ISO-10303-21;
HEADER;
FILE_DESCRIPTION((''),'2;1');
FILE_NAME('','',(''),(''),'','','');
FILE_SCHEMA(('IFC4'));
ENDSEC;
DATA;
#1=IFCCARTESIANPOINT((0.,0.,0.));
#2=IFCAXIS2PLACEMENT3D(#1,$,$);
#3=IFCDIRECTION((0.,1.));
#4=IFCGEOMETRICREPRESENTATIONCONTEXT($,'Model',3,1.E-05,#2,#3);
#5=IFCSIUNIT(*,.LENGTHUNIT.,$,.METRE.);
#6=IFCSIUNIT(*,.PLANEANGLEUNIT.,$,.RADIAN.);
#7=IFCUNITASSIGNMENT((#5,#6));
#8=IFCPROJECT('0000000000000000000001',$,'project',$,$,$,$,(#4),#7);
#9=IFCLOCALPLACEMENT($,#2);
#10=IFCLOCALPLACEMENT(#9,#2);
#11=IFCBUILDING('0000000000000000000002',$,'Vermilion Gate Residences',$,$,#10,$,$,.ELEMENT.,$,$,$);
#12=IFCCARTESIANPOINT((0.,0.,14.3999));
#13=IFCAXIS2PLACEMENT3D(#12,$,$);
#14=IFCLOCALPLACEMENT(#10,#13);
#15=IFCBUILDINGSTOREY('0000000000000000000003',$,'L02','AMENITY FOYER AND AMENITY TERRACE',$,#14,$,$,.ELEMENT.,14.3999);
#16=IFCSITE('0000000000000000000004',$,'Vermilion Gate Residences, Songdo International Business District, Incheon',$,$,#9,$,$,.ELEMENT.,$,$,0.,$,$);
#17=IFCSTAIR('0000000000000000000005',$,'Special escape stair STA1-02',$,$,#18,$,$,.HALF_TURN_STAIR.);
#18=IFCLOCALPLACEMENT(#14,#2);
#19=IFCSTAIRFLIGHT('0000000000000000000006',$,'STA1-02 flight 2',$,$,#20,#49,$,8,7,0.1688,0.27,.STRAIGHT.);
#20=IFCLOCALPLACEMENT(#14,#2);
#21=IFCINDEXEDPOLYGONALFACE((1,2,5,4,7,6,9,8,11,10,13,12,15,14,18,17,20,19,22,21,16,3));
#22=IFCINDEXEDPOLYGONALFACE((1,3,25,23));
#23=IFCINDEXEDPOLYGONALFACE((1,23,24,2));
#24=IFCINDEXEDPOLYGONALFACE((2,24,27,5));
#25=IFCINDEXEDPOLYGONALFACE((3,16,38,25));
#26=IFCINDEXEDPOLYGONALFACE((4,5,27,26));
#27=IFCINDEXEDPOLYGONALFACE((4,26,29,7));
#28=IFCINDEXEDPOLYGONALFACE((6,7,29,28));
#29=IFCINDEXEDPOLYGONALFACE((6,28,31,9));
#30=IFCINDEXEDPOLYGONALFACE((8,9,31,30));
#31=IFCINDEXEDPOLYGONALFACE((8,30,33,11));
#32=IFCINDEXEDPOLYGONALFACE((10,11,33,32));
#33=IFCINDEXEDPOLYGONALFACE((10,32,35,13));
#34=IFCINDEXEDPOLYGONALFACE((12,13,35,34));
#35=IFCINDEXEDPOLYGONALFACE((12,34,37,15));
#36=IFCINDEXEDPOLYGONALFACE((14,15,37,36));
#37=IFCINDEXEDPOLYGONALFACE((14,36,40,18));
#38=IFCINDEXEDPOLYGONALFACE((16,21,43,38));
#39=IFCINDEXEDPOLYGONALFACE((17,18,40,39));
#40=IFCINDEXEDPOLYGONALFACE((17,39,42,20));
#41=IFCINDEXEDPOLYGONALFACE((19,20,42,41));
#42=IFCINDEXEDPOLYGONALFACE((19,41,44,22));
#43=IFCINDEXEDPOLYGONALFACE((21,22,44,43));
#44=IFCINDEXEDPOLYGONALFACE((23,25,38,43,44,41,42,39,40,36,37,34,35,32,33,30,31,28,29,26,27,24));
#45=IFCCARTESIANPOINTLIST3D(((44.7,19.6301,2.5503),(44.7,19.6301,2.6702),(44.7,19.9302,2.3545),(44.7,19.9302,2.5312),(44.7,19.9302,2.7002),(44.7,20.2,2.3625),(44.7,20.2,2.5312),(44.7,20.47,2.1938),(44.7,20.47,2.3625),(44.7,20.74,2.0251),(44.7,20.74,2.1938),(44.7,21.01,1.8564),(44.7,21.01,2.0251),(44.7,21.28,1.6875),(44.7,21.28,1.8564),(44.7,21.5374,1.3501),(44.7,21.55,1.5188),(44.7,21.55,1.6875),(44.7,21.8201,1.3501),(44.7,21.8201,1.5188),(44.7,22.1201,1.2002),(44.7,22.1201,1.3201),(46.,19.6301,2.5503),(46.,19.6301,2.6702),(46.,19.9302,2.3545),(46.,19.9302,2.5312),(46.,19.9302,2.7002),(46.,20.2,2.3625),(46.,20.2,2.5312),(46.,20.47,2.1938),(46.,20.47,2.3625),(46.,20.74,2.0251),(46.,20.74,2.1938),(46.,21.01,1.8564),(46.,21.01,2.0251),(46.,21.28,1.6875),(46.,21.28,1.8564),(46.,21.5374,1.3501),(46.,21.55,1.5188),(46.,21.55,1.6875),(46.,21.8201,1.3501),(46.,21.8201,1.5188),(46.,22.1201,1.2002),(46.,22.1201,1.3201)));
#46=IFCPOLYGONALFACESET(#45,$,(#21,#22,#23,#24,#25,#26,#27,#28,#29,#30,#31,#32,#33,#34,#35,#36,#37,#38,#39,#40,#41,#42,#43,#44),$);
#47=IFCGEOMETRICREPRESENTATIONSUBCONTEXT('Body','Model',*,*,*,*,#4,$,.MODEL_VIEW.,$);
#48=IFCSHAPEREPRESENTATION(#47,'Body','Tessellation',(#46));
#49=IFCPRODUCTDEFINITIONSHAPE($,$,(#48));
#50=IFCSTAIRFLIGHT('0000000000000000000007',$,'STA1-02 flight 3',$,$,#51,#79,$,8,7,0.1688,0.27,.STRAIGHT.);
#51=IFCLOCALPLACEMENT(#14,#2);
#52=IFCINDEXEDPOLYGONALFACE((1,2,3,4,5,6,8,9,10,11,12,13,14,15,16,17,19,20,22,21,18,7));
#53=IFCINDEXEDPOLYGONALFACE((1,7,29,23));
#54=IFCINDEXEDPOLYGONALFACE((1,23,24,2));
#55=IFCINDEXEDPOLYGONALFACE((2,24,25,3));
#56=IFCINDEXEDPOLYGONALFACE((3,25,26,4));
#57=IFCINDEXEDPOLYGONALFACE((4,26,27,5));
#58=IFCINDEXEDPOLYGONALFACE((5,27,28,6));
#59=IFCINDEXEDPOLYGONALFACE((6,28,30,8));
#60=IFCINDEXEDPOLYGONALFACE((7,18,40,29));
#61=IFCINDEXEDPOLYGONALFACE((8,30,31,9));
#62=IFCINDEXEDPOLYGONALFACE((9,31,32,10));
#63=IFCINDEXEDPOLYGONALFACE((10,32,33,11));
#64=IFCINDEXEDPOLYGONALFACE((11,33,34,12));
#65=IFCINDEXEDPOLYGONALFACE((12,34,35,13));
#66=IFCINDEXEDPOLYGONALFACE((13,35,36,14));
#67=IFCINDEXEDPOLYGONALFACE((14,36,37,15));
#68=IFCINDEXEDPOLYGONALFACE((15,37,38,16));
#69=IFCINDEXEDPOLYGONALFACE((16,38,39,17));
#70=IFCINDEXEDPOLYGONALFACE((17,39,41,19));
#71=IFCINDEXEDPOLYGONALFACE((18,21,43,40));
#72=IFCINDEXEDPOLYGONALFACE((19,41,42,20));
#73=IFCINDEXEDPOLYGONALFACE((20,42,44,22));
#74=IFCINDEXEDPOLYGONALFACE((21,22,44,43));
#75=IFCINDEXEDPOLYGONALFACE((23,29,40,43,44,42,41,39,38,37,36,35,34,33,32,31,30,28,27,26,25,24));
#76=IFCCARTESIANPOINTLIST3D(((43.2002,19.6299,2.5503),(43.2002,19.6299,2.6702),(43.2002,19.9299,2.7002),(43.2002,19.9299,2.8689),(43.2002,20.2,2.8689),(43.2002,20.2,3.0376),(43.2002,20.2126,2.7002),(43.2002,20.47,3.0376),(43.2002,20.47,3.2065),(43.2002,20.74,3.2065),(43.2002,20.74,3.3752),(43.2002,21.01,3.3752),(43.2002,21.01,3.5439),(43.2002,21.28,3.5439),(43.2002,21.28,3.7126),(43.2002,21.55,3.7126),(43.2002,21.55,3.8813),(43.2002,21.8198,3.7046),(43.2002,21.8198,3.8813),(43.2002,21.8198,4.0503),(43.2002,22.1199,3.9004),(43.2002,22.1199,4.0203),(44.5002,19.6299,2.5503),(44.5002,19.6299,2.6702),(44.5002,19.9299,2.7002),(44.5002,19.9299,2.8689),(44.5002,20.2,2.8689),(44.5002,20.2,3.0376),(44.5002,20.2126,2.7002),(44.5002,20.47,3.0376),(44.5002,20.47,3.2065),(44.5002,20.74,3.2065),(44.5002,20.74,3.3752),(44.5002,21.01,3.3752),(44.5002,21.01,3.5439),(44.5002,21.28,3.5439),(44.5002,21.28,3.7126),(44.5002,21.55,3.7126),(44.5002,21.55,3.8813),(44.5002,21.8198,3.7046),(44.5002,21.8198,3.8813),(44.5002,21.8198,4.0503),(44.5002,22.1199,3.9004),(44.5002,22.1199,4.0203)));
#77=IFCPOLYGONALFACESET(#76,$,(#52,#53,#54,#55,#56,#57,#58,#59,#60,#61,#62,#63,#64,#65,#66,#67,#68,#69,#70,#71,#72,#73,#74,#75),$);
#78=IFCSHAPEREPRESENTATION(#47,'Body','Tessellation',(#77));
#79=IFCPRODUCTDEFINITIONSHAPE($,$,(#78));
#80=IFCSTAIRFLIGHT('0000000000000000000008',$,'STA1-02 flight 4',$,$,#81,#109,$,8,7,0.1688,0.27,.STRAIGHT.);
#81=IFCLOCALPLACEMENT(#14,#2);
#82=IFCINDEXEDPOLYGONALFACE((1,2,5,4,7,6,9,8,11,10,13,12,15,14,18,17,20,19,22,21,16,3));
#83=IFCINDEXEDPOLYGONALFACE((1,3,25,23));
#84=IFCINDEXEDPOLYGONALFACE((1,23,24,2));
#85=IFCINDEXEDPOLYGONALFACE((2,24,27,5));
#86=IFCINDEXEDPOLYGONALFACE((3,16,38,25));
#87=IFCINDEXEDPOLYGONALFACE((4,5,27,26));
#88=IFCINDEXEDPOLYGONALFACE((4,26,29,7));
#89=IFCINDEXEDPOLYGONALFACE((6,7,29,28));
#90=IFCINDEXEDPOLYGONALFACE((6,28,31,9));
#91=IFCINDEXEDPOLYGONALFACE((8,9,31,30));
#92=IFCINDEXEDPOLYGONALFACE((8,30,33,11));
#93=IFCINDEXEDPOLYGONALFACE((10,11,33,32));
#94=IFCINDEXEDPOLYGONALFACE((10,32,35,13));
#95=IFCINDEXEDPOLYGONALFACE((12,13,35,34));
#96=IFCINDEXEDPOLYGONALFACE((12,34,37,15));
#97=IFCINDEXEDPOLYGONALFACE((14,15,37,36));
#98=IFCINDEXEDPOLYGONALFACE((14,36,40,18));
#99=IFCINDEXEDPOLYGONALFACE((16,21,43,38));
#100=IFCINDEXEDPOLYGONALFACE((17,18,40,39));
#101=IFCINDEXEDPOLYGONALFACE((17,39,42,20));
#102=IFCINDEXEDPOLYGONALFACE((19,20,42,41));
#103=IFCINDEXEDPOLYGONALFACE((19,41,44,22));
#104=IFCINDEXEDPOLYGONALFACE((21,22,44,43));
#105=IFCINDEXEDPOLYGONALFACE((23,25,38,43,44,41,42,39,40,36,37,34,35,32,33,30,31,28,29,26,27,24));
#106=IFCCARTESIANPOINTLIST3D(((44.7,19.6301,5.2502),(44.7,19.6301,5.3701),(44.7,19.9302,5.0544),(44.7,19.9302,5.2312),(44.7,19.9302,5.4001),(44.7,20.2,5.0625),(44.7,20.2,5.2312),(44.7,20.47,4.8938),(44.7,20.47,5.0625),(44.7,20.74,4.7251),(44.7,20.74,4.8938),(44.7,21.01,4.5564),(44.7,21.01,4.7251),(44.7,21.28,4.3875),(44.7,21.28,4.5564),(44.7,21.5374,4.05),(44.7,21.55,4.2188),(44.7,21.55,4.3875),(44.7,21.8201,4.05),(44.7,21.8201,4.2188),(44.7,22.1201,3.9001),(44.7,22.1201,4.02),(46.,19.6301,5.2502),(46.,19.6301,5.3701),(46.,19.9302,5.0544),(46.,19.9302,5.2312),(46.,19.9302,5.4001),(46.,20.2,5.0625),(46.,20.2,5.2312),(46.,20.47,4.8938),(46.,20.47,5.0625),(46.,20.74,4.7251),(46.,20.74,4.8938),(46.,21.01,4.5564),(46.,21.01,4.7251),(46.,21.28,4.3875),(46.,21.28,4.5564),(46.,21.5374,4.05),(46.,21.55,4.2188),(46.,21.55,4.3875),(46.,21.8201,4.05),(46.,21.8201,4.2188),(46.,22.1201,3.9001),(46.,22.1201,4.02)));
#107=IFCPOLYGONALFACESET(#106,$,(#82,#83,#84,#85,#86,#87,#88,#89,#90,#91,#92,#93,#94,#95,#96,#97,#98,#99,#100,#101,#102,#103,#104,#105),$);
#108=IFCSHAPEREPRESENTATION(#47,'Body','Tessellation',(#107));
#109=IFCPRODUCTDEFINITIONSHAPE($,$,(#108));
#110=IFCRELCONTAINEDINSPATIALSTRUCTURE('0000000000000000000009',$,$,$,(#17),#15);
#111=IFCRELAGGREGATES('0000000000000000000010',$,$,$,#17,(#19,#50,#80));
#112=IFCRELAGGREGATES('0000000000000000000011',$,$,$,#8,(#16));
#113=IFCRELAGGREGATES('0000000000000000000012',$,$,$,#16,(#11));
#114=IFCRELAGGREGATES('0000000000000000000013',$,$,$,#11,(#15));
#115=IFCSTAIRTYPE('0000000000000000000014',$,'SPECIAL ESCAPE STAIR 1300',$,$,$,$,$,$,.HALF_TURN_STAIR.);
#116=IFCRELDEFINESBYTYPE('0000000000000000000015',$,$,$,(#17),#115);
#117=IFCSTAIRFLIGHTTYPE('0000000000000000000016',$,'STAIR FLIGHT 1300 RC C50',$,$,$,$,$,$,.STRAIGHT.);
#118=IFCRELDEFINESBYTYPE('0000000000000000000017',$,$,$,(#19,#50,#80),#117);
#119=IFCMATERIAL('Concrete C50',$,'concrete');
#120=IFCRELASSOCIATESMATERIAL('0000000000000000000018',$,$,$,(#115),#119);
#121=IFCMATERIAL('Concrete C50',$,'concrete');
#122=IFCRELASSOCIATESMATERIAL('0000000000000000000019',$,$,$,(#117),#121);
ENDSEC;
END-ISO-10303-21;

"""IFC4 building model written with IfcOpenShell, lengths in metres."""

from ifc_helpers import new_model, si_unit, direction, frame, origin, place, context, subcontext, project, spatial, polyline, outline, extrude, material, type_object, element, aggregate, save


model = new_model("IFC4")

# Units and contexts
model_context = context("Model", 3, precision=1e-05, world=origin(), true_north=direction((0.0, 1.0)))
body_context = subcontext(model_context, "Body", "Model", "MODEL_VIEW")
ifc_project = project(units=[si_unit("LENGTHUNIT", "METRE"), si_unit("PLANEANGLEUNIT", "RADIAN")], contexts=[model_context])

# Site, building, storey
site_placement = place(None, origin())
site = spatial("IfcSite", under=ifc_project, at=site_placement, Name="Vermilion Gate Residences, Songdo International Business District, Incheon", CompositionType="ELEMENT", RefElevation=0.0)
building_placement = place(site_placement, origin())
building = spatial("IfcBuilding", under=site, at=building_placement, Name="Vermilion Gate Residences", CompositionType="ELEMENT")
storey_placement = place(building_placement, frame((0.0, 0.0, 14.3999)))
storey = spatial("IfcBuildingStorey", under=building, at=storey_placement, Name="L02", Description="AMENITY FOYER AND AMENITY TERRACE", CompositionType="ELEMENT", Elevation=14.3999)

# Stair, stair flights
ifc_material_1 = material(Name="Concrete C50", Category="concrete")
stair_type = type_object("IfcStairType", Name="SPECIAL ESCAPE STAIR 1300", PredefinedType="HALF_TURN_STAIR", material=ifc_material_1)
stair_placement = place(storey_placement, origin())
stair = element("IfcStair", 1, at=stair_placement, inside=storey, type_object=stair_type, Name="Special escape stair STA1-02", PredefinedType="HALF_TURN_STAIR")
ifc_material_2 = material(Name="Concrete C50", Category="concrete")
stair_flight_type = type_object("IfcStairFlightType", Name="STAIR FLIGHT 1300 RC C50", PredefinedType="STRAIGHT", material=ifc_material_2)
stair_flight_1_placement = place(storey_placement, frame((45.3501, 21.8201, 1.3501), z_axis=(0.0, 0.0, 1.0), x_axis=(0.0, -1.0, 0.0)))
stair_flight_1 = element("IfcStairFlight", 2, at=stair_flight_1_placement, type_object=stair_flight_type, Name="STA1-02 flight 2", NumberOfRisers=8, NumberOfTreads=7, PredefinedType="STRAIGHT", RiserHeight=0.1688, TreadLength=0.27, context=body_context, shape_type="SweptSolid", body=[
    extrude(outline(polyline([(-0.3, -0.1499), (-0.3, -0.03), (0.0, 0.0), (0.0, 0.1687), (0.27, 0.1687), (0.27, 0.3374), (0.54, 0.3374), (0.54, 0.5063), (0.8101, 0.5063), (0.8101, 0.675), (1.0801, 0.675), (1.0801, 0.8438), (1.3501, 0.8438), (1.3501, 1.0125), (1.6201, 1.0125), (1.6201, 1.1812), (1.8899, 1.1812), (1.8899, 1.3501), (2.1899, 1.3201), (2.1899, 1.2002), (1.8899, 1.0044), (0.2827, 0.0), (-0.3, -0.1499)])), frame((0.0, 0.6499, 0.0), z_axis=(0.0, -1.0, 0.0), x_axis=(1.0, 0.0, 0.0)), (0.0, 0.0, 1.0), 1.3),
])
stair_flight_2_placement = place(storey_placement, frame((43.8501, 19.9299, 2.7002), z_axis=(0.0, 0.0, 1.0), x_axis=(0.0, 1.0, 0.0)))
stair_flight_2 = element("IfcStairFlight", 3, at=stair_flight_2_placement, type_object=stair_flight_type, Name="STA1-02 flight 3", NumberOfRisers=8, NumberOfTreads=7, PredefinedType="STRAIGHT", RiserHeight=0.1688, TreadLength=0.27, context=body_context, shape_type="SweptSolid", body=[
    extrude(outline(polyline([(-0.3, -0.1499), (-0.3, -0.03), (0.0, 0.0), (0.0, 0.1687), (0.27, 0.1687), (0.27, 0.3374), (0.54, 0.3374), (0.54, 0.5063), (0.8101, 0.5063), (0.8101, 0.675), (1.0801, 0.675), (1.0801, 0.8438), (1.3501, 0.8438), (1.3501, 1.0125), (1.6201, 1.0125), (1.6201, 1.1812), (1.8899, 1.1812), (1.8899, 1.3501), (2.1899, 1.3201), (2.1899, 1.2002), (1.8899, 1.0044), (0.2827, 0.0), (-0.3, -0.1499)])), frame((0.0, 0.6499, 0.0), z_axis=(0.0, -1.0, 0.0), x_axis=(1.0, 0.0, 0.0)), (0.0, 0.0, 1.0), 1.3),
])
stair_flight_3_placement = place(storey_placement, frame((45.3501, 21.8201, 4.05), z_axis=(0.0, 0.0, 1.0), x_axis=(0.0, -1.0, 0.0)))
stair_flight_3 = element("IfcStairFlight", 4, at=stair_flight_3_placement, type_object=stair_flight_type, Name="STA1-02 flight 4", NumberOfRisers=8, NumberOfTreads=7, PredefinedType="STRAIGHT", RiserHeight=0.1688, TreadLength=0.27, context=body_context, shape_type="SweptSolid", body=[
    extrude(outline(polyline([(-0.3, -0.1499), (-0.3, -0.03), (0.0, 0.0), (0.0, 0.1687), (0.27, 0.1687), (0.27, 0.3374), (0.54, 0.3374), (0.54, 0.5063), (0.8101, 0.5063), (0.8101, 0.675), (1.0801, 0.675), (1.0801, 0.8438), (1.3501, 0.8438), (1.3501, 1.0125), (1.6201, 1.0125), (1.6201, 1.1812), (1.8899, 1.1812), (1.8899, 1.3501), (2.1899, 1.3201), (2.1899, 1.2002), (1.8899, 1.0044), (0.2827, 0.0), (-0.3, -0.1499)])), frame((0.0, 0.6499, 0.0), z_axis=(0.0, -1.0, 0.0), x_axis=(1.0, 0.0, 0.0)), (0.0, 0.0, 1.0), 1.3),
])
aggregate(stair, [stair_flight_1, stair_flight_2, stair_flight_3])

save(model, "model.ifc")
